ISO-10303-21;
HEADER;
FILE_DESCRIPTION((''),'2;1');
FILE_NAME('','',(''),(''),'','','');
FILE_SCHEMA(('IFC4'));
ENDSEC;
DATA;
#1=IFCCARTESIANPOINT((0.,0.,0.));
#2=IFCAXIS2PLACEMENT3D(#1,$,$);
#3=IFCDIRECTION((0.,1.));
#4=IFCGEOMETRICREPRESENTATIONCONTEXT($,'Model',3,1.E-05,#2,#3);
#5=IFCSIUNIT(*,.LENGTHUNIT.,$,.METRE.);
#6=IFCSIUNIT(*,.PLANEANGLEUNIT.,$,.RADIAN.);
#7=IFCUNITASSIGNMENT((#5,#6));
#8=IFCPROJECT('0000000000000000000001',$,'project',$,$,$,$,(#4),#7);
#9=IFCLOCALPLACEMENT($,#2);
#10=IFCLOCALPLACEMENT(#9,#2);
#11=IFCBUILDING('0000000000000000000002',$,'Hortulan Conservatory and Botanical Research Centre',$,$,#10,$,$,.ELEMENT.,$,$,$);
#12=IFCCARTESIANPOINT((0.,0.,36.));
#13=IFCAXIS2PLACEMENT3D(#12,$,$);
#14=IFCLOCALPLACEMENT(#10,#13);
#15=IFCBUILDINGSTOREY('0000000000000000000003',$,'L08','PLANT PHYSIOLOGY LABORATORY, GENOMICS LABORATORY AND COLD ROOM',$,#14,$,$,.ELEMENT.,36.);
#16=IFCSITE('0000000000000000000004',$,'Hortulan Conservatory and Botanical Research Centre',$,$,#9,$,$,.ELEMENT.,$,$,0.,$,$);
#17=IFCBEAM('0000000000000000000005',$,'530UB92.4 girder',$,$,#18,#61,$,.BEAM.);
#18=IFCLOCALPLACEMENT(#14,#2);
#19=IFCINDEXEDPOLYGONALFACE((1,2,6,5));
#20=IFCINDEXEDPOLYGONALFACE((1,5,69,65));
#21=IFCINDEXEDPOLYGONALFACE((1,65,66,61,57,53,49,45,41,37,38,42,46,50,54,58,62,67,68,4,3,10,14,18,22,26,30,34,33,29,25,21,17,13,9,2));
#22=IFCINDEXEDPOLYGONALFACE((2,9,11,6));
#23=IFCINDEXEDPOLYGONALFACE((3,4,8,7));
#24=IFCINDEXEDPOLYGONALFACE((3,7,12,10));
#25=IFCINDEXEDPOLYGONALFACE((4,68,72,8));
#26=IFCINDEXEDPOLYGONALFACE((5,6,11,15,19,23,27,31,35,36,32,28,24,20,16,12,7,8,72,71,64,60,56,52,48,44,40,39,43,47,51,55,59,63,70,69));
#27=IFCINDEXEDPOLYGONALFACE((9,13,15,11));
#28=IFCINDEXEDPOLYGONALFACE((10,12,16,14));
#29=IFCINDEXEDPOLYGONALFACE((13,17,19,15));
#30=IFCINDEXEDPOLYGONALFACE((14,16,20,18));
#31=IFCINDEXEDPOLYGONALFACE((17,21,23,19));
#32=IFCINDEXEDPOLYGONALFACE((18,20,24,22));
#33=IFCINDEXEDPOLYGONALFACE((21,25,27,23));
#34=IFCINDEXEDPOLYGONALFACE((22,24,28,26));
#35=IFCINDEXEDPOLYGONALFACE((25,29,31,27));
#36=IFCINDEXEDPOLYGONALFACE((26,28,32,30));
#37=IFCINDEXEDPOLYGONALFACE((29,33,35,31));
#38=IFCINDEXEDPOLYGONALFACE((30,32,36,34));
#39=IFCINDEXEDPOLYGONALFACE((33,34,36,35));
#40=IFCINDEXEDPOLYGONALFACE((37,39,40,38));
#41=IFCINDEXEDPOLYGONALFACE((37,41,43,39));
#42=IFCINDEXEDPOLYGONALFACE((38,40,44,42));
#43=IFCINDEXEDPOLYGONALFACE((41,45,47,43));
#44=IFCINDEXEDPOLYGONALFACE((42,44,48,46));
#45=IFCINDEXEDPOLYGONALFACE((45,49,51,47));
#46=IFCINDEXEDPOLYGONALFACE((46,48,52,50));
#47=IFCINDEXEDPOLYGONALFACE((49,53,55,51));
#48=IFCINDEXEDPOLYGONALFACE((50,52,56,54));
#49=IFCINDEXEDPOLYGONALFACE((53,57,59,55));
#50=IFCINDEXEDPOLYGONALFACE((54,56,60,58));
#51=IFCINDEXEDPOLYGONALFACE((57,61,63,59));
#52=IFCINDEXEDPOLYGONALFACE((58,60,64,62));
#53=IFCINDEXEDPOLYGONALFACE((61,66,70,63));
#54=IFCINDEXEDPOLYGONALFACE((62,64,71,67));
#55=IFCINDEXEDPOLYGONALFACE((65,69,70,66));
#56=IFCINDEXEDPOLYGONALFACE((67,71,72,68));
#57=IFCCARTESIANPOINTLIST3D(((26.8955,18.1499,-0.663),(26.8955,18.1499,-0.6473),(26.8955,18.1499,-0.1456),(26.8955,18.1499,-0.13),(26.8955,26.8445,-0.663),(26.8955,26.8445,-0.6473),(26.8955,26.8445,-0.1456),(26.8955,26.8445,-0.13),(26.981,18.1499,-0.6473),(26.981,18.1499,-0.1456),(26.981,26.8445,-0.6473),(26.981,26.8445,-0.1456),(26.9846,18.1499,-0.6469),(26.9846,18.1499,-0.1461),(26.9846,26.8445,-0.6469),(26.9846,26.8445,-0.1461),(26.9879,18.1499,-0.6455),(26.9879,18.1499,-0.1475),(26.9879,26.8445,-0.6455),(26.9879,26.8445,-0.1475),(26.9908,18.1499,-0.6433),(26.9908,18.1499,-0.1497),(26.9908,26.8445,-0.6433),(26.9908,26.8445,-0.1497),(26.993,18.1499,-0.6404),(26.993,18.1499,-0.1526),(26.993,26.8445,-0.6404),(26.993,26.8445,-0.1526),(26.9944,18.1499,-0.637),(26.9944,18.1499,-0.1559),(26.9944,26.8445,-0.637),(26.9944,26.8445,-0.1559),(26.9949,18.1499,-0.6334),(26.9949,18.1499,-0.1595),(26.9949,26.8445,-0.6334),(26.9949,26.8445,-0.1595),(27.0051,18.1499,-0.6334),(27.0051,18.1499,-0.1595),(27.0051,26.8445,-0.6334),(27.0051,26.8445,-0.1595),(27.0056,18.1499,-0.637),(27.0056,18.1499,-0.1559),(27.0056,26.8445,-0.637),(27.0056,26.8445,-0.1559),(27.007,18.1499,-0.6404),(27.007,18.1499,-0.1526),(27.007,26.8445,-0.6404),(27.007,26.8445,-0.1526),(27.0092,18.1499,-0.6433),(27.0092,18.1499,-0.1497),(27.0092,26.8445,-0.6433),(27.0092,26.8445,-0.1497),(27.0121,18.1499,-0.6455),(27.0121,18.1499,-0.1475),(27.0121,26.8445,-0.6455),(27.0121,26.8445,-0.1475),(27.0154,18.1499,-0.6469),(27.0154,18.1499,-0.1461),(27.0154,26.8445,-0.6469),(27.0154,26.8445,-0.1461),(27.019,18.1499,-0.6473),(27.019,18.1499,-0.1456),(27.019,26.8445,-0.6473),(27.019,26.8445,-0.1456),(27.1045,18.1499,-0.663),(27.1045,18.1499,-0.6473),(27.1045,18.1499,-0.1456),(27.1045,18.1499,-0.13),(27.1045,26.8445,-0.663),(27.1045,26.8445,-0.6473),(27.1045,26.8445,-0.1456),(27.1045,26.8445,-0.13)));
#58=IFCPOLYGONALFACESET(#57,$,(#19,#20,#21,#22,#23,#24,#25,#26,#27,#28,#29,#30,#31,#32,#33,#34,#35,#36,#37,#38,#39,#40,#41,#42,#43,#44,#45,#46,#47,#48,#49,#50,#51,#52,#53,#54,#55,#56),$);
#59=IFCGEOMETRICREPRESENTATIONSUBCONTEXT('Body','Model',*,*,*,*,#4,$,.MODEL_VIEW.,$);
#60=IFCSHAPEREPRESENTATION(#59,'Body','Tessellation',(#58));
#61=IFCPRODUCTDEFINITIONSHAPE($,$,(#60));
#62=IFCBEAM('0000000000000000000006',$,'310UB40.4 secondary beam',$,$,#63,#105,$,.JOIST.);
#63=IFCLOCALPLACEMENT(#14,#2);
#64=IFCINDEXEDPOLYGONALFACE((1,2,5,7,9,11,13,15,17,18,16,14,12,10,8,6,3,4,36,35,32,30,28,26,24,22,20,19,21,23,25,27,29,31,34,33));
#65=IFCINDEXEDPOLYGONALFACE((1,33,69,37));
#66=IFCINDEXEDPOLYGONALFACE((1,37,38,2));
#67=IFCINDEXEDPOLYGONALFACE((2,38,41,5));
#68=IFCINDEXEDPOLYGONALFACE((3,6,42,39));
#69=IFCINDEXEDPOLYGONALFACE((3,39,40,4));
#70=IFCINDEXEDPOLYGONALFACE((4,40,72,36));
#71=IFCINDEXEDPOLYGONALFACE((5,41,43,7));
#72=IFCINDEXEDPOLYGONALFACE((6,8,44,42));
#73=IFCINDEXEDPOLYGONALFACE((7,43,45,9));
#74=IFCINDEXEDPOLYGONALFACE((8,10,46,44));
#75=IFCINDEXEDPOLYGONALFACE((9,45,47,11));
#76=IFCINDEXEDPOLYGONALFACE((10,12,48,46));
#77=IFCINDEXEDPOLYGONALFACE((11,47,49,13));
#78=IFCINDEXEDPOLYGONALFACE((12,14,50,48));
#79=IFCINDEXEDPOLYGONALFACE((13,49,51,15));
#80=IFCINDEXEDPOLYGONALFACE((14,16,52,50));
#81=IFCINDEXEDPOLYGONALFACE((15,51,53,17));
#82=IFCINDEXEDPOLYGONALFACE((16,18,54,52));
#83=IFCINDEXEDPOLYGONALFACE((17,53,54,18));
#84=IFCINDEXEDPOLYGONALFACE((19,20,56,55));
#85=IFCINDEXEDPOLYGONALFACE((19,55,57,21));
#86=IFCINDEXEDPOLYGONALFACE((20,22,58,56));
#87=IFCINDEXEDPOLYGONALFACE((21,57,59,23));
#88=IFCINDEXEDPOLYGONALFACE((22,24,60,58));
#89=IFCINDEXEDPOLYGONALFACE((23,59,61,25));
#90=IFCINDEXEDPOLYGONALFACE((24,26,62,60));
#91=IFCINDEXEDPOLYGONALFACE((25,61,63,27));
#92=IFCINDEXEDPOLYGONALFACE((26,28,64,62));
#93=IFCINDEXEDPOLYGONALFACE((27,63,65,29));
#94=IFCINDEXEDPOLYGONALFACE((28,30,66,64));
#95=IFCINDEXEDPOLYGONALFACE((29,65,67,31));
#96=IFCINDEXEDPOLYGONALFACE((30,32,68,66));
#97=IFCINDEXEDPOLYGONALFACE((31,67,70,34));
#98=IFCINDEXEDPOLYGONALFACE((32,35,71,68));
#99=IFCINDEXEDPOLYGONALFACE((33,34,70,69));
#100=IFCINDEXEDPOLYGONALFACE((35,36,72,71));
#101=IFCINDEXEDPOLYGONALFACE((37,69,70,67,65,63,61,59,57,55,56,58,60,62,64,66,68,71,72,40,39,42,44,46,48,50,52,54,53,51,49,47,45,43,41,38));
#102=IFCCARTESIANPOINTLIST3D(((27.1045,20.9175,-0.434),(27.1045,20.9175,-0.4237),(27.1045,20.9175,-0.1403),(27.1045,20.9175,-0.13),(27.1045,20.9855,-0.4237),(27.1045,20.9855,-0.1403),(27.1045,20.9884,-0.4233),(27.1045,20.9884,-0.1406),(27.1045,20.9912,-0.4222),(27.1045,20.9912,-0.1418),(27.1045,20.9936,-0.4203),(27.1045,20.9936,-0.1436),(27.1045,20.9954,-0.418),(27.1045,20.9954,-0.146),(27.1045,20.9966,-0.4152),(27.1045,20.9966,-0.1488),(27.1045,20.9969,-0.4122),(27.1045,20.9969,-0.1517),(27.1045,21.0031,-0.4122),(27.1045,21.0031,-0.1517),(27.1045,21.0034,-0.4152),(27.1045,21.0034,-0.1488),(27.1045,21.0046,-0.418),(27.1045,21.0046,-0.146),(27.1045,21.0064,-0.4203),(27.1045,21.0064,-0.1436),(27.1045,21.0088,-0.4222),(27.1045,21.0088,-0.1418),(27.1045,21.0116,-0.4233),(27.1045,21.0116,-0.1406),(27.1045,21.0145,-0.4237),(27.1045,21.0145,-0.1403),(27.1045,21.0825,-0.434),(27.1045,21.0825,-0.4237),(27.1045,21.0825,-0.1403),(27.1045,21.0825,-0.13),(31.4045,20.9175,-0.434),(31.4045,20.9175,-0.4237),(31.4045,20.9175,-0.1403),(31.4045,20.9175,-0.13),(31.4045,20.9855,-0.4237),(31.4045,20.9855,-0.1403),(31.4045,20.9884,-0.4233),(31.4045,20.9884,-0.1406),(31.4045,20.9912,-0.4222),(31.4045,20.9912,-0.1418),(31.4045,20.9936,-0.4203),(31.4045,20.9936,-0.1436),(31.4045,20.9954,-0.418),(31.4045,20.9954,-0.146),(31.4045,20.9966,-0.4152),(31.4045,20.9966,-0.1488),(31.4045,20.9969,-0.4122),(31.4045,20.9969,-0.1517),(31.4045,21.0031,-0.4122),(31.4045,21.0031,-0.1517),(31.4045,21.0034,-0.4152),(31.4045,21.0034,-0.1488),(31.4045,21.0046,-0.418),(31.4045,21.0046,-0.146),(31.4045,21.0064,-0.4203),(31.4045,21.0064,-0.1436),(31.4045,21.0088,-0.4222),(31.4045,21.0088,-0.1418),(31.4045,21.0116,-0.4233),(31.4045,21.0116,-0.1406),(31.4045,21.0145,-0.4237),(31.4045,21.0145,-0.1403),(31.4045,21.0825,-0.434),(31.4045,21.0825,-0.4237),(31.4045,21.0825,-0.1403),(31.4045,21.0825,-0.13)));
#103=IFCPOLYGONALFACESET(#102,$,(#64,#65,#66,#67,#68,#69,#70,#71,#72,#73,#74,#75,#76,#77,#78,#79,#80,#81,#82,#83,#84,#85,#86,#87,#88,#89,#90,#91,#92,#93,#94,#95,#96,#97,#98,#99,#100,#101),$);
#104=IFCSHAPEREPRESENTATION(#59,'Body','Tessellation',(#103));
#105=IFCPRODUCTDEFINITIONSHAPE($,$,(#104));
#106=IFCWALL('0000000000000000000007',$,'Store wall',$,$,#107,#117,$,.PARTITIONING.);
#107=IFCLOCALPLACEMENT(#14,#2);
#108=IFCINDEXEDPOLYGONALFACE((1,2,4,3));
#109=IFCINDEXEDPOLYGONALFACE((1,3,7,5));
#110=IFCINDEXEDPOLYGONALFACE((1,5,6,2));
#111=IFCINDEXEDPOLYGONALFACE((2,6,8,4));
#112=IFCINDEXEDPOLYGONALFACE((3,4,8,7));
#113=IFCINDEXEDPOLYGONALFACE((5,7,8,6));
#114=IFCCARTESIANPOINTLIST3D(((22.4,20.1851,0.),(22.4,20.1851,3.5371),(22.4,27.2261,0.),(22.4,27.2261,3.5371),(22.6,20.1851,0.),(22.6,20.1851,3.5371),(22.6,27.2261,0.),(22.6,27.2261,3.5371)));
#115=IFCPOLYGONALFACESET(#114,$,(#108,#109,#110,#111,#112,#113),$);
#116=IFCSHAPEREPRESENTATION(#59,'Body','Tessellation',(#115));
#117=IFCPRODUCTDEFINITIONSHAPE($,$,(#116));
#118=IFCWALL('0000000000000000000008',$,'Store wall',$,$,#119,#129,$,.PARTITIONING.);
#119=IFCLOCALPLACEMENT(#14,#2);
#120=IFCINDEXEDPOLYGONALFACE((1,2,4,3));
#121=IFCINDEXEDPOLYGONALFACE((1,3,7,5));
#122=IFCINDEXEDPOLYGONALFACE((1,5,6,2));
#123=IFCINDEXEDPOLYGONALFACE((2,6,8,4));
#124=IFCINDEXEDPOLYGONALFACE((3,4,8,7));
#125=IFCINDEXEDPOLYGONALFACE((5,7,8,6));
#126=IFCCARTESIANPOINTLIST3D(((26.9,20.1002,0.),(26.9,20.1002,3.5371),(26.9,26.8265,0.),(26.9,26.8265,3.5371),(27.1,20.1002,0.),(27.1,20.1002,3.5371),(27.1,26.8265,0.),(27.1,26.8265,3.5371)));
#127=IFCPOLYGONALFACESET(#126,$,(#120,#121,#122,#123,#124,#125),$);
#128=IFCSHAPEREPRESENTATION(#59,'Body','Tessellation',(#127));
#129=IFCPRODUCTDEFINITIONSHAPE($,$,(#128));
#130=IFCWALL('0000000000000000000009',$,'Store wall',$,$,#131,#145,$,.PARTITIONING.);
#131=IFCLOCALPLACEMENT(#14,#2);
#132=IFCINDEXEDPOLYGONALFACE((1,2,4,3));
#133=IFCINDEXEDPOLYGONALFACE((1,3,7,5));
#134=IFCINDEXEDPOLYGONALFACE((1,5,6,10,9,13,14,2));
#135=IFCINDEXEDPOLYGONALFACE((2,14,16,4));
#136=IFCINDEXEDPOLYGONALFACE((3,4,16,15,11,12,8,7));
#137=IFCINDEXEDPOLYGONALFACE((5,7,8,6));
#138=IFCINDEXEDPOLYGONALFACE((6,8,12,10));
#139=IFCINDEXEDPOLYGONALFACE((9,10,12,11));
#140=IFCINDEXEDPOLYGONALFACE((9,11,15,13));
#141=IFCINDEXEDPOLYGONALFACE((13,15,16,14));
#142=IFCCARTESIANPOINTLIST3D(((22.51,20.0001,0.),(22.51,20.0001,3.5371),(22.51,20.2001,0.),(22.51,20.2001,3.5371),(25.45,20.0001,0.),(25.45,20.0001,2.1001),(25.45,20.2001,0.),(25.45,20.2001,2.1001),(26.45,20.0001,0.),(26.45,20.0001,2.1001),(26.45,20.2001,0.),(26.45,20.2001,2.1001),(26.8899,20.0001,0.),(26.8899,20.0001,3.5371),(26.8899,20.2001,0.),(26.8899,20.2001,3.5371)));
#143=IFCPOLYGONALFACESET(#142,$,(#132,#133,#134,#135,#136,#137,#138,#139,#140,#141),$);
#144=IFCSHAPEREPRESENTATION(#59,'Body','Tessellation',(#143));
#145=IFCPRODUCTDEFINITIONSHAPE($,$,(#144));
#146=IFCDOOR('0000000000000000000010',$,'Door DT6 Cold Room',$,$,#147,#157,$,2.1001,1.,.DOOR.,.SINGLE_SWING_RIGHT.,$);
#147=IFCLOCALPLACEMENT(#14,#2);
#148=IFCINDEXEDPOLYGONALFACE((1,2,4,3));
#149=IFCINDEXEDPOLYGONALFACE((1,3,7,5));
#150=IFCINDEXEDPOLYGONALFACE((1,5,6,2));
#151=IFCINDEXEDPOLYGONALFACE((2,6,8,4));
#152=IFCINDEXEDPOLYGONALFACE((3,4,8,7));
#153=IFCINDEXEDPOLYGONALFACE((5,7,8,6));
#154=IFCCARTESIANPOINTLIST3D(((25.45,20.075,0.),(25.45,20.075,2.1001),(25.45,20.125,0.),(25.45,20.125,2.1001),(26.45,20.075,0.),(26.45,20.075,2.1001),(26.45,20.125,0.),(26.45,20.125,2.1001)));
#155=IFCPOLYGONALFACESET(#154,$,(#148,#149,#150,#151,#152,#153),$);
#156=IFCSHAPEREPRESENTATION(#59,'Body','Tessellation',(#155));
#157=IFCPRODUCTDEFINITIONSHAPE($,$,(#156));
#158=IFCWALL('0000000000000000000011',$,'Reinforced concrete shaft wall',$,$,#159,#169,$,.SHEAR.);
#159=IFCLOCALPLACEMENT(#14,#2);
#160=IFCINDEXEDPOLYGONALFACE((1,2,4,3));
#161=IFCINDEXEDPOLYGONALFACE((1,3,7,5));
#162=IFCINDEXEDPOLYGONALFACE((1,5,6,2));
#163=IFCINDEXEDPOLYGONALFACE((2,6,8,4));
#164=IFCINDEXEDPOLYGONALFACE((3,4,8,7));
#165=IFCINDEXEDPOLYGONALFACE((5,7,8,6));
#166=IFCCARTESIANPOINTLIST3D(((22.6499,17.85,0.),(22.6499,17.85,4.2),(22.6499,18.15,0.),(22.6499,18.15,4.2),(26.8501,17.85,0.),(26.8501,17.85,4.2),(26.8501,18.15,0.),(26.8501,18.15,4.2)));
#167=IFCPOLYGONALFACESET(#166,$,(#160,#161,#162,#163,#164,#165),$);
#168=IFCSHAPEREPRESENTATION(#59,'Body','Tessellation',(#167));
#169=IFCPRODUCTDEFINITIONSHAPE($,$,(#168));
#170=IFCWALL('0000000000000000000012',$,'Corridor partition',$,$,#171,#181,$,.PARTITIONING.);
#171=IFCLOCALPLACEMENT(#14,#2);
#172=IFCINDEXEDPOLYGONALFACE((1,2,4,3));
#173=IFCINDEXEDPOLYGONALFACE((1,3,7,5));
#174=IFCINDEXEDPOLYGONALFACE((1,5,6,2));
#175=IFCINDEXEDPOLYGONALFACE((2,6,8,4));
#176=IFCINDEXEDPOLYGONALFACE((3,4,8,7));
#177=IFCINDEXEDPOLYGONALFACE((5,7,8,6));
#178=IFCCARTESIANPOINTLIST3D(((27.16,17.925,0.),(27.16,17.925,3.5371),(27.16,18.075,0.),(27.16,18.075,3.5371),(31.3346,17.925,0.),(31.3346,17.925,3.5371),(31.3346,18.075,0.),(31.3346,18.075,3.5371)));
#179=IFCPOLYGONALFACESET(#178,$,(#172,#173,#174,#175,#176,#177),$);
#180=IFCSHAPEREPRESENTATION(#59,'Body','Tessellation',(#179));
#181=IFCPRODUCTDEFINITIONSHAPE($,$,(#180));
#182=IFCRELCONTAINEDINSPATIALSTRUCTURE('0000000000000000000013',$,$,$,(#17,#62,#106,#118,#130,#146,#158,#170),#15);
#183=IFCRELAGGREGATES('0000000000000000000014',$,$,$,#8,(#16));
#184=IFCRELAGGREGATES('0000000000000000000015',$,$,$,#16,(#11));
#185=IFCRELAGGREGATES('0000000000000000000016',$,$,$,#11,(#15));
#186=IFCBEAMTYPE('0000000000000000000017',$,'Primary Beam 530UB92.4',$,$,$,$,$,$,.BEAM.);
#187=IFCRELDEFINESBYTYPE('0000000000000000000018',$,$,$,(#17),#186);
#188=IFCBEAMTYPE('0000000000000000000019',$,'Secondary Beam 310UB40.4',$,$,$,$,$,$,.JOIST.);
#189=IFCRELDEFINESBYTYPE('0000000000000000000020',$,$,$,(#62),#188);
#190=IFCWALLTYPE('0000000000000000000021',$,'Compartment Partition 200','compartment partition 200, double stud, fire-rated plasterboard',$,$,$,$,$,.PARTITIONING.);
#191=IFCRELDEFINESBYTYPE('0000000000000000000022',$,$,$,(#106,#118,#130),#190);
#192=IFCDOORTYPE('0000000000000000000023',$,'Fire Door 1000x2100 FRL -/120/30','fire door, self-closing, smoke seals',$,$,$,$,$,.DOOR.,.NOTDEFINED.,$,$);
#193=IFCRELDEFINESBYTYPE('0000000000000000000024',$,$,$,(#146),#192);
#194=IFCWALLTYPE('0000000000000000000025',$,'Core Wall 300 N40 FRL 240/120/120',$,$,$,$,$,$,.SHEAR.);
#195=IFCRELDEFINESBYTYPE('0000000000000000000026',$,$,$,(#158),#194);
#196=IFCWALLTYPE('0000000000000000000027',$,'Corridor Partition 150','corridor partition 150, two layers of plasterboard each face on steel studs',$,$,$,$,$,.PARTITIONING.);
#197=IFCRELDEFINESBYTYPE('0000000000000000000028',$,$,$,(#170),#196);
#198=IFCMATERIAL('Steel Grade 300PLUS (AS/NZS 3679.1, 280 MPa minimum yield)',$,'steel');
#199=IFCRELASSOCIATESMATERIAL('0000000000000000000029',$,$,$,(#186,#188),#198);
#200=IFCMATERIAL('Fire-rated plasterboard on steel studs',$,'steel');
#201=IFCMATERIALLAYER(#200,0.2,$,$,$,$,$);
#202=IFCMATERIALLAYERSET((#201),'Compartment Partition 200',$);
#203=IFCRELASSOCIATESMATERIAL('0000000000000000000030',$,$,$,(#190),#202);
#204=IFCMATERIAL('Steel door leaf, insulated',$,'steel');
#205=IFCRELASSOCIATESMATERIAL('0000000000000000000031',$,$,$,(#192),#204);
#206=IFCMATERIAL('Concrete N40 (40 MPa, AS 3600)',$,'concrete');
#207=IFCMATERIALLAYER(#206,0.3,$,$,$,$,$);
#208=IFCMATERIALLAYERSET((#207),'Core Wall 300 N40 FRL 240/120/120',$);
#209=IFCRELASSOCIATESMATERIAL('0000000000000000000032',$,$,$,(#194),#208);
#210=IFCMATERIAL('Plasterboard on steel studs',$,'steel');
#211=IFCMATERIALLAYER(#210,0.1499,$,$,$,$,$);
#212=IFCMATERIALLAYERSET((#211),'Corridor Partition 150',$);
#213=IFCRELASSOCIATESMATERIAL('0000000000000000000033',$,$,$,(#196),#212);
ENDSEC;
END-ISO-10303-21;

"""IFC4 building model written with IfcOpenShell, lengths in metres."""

from ifc_helpers import new_model, si_unit, direction, frame, frame_2d, origin, origin_2d, place, context, subcontext, project, spatial, rectangle, i_section, extrude, material, layer, layer_set, material_profile, profile_set, type_object, element, fill, save


model = new_model("IFC4")

# Units and contexts
model_context = context("Model", 3, precision=1e-05, world=origin(), true_north=direction((0.0, 1.0)))
body_context = subcontext(model_context, "Body", "Model", "MODEL_VIEW")
ifc_project = project(units=[si_unit("LENGTHUNIT", "METRE"), si_unit("PLANEANGLEUNIT", "RADIAN")], contexts=[model_context])

# Site, building, storey
site_placement = place(None, origin())
site = spatial("IfcSite", under=ifc_project, at=site_placement, Name="Hortulan Conservatory and Botanical Research Centre", CompositionType="ELEMENT", RefElevation=0.0)
building_placement = place(site_placement, origin())
building = spatial("IfcBuilding", under=site, at=building_placement, Name="Hortulan Conservatory and Botanical Research Centre", CompositionType="ELEMENT")
storey_placement = place(building_placement, frame((0.0, 0.0, 36.0)))
storey = spatial("IfcBuildingStorey", under=building, at=storey_placement, Name="L08", Description="PLANT PHYSIOLOGY LABORATORY, GENOMICS LABORATORY AND COLD ROOM", CompositionType="ELEMENT", Elevation=36.0)

# Shared definitions
ifc_material_1 = material(Name="Steel Grade 300PLUS (AS/NZS 3679.1, 280 MPa minimum yield)", Category="steel")

# Beams
ifc_material_profile_1 = material_profile(ifc_material_1, i_section(OverallWidth=0.209, OverallDepth=0.533, WebThickness=0.0103, FlangeThickness=0.0156, FilletRadius=0.0139, at=origin_2d()), Name="530UB92.4")
ifc_profile_set_1 = profile_set([ifc_material_profile_1], Name="Steel Grade 300PLUS (AS/NZS 3679.1, 280 MPa minimum yield)")
beam_type_1 = type_object("IfcBeamType", Name="Primary Beam 530UB92.4", PredefinedType="BEAM", material=ifc_profile_set_1)
beam_1_placement = place(storey_placement, frame((27.0, 18.1499, -0.3965), z_axis=(0.0, 1.0, 0.0), x_axis=(-1.0, 0.0, 0.0)))
element("IfcBeam", 1, at=beam_1_placement, inside=storey, type_object=beam_type_1, Name="530UB92.4 girder", PredefinedType="BEAM", context=body_context, shape_type="SweptSolid", body=[
    extrude(i_section(OverallWidth=0.209, OverallDepth=0.533, WebThickness=0.0103, FlangeThickness=0.0156, FilletRadius=0.0139, at=origin_2d()), origin(), (0.0, 0.0, 1.0), 8.6946),
])
ifc_material_profile_2 = material_profile(ifc_material_1, i_section(OverallWidth=0.165, OverallDepth=0.304, WebThickness=0.0061, FlangeThickness=0.0103, FilletRadius=0.0115, at=origin_2d()), Name="310UB40.4")
ifc_profile_set_2 = profile_set([ifc_material_profile_2], Name="Steel Grade 300PLUS (AS/NZS 3679.1, 280 MPa minimum yield)")
beam_type_2 = type_object("IfcBeamType", Name="Secondary Beam 310UB40.4", PredefinedType="JOIST", material=ifc_profile_set_2)
beam_2_placement = place(storey_placement, frame((27.1045, 21.0, -0.282), z_axis=(1.0, 0.0, 0.0), x_axis=(0.0, 1.0, 0.0)))
element("IfcBeam", 2, at=beam_2_placement, inside=storey, type_object=beam_type_2, Name="310UB40.4 secondary beam", PredefinedType="JOIST", context=body_context, shape_type="SweptSolid", body=[
    extrude(i_section(OverallWidth=0.165, OverallDepth=0.304, WebThickness=0.0061, FlangeThickness=0.0103, FilletRadius=0.0115, at=origin_2d()), origin(), (0.0, 0.0, 1.0), 4.3),
])

# Walls
ifc_material_2 = material(Name="Fire-rated plasterboard on steel studs", Category="steel")
ifc_layer_1 = layer(ifc_material_2, 0.2)
ifc_layer_set_1 = layer_set([ifc_layer_1], Name="Compartment Partition 200")
wall_type_1 = type_object("IfcWallType", Name="Compartment Partition 200", Description="compartment partition 200, double stud, fire-rated plasterboard", PredefinedType="PARTITIONING", material=ifc_layer_set_1)
wall_1_placement = place(storey_placement, frame((22.5, 20.1851, 0.0), z_axis=(0.0, 0.0, 1.0), x_axis=(0.0, 1.0, 0.0)))
element("IfcWall", 3, at=wall_1_placement, inside=storey, type_object=wall_type_1, Name="Store wall", PredefinedType="PARTITIONING", context=body_context, shape_type="SweptSolid", body=[
    extrude(rectangle(XDim=7.041, YDim=0.2, at=frame_2d((3.5205, 0.0))), origin(), (0.0, 0.0, 1.0), 3.5371),
])
wall_2_placement = place(storey_placement, frame((27.0, 20.1001, 0.0), z_axis=(0.0, 0.0, 1.0), x_axis=(0.0, 1.0, 0.0)))
element("IfcWall", 4, at=wall_2_placement, inside=storey, type_object=wall_type_1, Name="Store wall", PredefinedType="PARTITIONING", context=body_context, shape_type="SweptSolid", body=[
    extrude(rectangle(XDim=6.7263, YDim=0.2, at=frame_2d((3.3633, 0.0))), origin(), (0.0, 0.0, 1.0), 3.5371),
])

# Wall, opening, door
wall_3_placement = place(storey_placement, frame((22.51, 20.1001, 0.0), z_axis=(0.0, 0.0, 1.0), x_axis=(1.0, 0.0, 0.0)))
wall_3 = element("IfcWall", 5, at=wall_3_placement, inside=storey, type_object=wall_type_1, Name="Store wall", PredefinedType="PARTITIONING", context=body_context, shape_type="SweptSolid", body=[
    extrude(rectangle(XDim=4.3799, YDim=0.2, at=frame_2d((2.1899, 0.0))), origin(), (0.0, 0.0, 1.0), 3.5371),
])
opening_1_placement = place(wall_3_placement, frame((2.9399, 0.0, 0.0)))
opening_1 = element("IfcOpeningElement", 6, at=opening_1_placement, cuts=wall_3, PredefinedType="OPENING", context=body_context, shape_type="SweptSolid", body=[
    extrude(rectangle(XDim=1.0, YDim=2.1001, at=frame_2d((0.5, 1.05))), frame((0.0, 0.1099, 0.0), z_axis=(0.0, -1.0, 0.0), x_axis=(1.0, 0.0, 0.0)), (0.0, 0.0, 1.0), 0.22),
])
ifc_material_3 = material(Name="Steel door leaf, insulated", Category="steel")
door_type_1 = type_object("IfcDoorType", Name="Fire Door 1000x2100 FRL -/120/30", Description="fire door, self-closing, smoke seals", OperationType="NOTDEFINED", PredefinedType="DOOR", material=ifc_material_3)
door_1_placement = place(opening_1_placement, origin())
door_1 = element("IfcDoor", 7, at=door_1_placement, inside=storey, type_object=door_type_1, Name="Door DT6 Cold Room", OperationType="SINGLE_SWING_RIGHT", OverallHeight=2.1001, OverallWidth=1.0, PredefinedType="DOOR", context=body_context, shape_type="SweptSolid", body=[
    extrude(rectangle(XDim=1.0, YDim=2.1001, at=frame_2d((0.5, 1.05))), frame((0.0, 0.0249, 0.0), z_axis=(0.0, -1.0, 0.0), x_axis=(1.0, 0.0, 0.0)), (0.0, 0.0, 1.0), 0.05),
])
fill(opening_1, door_1)

# Walls
ifc_material_4 = material(Name="Concrete N40 (40 MPa, AS 3600)", Category="concrete")
ifc_layer_2 = layer(ifc_material_4, 0.3)
ifc_layer_set_2 = layer_set([ifc_layer_2], Name="Core Wall 300 N40 FRL 240/120/120")
wall_type_2 = type_object("IfcWallType", Name="Core Wall 300 N40 FRL 240/120/120", PredefinedType="SHEAR", material=ifc_layer_set_2)
wall_4_placement = place(storey_placement, frame((22.6499, 18.0, 0.0), z_axis=(0.0, 0.0, 1.0), x_axis=(1.0, 0.0, 0.0)))
element("IfcWall", 8, at=wall_4_placement, inside=storey, type_object=wall_type_2, Name="Reinforced concrete shaft wall", PredefinedType="SHEAR", context=body_context, shape_type="SweptSolid", body=[
    extrude(rectangle(XDim=4.2002, YDim=0.3, at=frame_2d((2.1001, 0.0))), origin(), (0.0, 0.0, 1.0), 4.2),
])
ifc_material_5 = material(Name="Plasterboard on steel studs", Category="steel")
ifc_layer_3 = layer(ifc_material_5, 0.1499)
ifc_layer_set_3 = layer_set([ifc_layer_3], Name="Corridor Partition 150")
wall_type_3 = type_object("IfcWallType", Name="Corridor Partition 150", Description="corridor partition 150, two layers of plasterboard each face on steel studs", PredefinedType="PARTITIONING", material=ifc_layer_set_3)
wall_5_placement = place(storey_placement, frame((27.1599, 18.0, 0.0), z_axis=(0.0, 0.0, 1.0), x_axis=(1.0, 0.0, 0.0)))
element("IfcWall", 9, at=wall_5_placement, inside=storey, type_object=wall_type_3, Name="Corridor partition", PredefinedType="PARTITIONING", context=body_context, shape_type="SweptSolid", body=[
    extrude(rectangle(XDim=4.1746, YDim=0.1499, at=frame_2d((2.0874, 0.0))), origin(), (0.0, 0.0, 1.0), 3.5371),
])

save(model, "model.ifc")
